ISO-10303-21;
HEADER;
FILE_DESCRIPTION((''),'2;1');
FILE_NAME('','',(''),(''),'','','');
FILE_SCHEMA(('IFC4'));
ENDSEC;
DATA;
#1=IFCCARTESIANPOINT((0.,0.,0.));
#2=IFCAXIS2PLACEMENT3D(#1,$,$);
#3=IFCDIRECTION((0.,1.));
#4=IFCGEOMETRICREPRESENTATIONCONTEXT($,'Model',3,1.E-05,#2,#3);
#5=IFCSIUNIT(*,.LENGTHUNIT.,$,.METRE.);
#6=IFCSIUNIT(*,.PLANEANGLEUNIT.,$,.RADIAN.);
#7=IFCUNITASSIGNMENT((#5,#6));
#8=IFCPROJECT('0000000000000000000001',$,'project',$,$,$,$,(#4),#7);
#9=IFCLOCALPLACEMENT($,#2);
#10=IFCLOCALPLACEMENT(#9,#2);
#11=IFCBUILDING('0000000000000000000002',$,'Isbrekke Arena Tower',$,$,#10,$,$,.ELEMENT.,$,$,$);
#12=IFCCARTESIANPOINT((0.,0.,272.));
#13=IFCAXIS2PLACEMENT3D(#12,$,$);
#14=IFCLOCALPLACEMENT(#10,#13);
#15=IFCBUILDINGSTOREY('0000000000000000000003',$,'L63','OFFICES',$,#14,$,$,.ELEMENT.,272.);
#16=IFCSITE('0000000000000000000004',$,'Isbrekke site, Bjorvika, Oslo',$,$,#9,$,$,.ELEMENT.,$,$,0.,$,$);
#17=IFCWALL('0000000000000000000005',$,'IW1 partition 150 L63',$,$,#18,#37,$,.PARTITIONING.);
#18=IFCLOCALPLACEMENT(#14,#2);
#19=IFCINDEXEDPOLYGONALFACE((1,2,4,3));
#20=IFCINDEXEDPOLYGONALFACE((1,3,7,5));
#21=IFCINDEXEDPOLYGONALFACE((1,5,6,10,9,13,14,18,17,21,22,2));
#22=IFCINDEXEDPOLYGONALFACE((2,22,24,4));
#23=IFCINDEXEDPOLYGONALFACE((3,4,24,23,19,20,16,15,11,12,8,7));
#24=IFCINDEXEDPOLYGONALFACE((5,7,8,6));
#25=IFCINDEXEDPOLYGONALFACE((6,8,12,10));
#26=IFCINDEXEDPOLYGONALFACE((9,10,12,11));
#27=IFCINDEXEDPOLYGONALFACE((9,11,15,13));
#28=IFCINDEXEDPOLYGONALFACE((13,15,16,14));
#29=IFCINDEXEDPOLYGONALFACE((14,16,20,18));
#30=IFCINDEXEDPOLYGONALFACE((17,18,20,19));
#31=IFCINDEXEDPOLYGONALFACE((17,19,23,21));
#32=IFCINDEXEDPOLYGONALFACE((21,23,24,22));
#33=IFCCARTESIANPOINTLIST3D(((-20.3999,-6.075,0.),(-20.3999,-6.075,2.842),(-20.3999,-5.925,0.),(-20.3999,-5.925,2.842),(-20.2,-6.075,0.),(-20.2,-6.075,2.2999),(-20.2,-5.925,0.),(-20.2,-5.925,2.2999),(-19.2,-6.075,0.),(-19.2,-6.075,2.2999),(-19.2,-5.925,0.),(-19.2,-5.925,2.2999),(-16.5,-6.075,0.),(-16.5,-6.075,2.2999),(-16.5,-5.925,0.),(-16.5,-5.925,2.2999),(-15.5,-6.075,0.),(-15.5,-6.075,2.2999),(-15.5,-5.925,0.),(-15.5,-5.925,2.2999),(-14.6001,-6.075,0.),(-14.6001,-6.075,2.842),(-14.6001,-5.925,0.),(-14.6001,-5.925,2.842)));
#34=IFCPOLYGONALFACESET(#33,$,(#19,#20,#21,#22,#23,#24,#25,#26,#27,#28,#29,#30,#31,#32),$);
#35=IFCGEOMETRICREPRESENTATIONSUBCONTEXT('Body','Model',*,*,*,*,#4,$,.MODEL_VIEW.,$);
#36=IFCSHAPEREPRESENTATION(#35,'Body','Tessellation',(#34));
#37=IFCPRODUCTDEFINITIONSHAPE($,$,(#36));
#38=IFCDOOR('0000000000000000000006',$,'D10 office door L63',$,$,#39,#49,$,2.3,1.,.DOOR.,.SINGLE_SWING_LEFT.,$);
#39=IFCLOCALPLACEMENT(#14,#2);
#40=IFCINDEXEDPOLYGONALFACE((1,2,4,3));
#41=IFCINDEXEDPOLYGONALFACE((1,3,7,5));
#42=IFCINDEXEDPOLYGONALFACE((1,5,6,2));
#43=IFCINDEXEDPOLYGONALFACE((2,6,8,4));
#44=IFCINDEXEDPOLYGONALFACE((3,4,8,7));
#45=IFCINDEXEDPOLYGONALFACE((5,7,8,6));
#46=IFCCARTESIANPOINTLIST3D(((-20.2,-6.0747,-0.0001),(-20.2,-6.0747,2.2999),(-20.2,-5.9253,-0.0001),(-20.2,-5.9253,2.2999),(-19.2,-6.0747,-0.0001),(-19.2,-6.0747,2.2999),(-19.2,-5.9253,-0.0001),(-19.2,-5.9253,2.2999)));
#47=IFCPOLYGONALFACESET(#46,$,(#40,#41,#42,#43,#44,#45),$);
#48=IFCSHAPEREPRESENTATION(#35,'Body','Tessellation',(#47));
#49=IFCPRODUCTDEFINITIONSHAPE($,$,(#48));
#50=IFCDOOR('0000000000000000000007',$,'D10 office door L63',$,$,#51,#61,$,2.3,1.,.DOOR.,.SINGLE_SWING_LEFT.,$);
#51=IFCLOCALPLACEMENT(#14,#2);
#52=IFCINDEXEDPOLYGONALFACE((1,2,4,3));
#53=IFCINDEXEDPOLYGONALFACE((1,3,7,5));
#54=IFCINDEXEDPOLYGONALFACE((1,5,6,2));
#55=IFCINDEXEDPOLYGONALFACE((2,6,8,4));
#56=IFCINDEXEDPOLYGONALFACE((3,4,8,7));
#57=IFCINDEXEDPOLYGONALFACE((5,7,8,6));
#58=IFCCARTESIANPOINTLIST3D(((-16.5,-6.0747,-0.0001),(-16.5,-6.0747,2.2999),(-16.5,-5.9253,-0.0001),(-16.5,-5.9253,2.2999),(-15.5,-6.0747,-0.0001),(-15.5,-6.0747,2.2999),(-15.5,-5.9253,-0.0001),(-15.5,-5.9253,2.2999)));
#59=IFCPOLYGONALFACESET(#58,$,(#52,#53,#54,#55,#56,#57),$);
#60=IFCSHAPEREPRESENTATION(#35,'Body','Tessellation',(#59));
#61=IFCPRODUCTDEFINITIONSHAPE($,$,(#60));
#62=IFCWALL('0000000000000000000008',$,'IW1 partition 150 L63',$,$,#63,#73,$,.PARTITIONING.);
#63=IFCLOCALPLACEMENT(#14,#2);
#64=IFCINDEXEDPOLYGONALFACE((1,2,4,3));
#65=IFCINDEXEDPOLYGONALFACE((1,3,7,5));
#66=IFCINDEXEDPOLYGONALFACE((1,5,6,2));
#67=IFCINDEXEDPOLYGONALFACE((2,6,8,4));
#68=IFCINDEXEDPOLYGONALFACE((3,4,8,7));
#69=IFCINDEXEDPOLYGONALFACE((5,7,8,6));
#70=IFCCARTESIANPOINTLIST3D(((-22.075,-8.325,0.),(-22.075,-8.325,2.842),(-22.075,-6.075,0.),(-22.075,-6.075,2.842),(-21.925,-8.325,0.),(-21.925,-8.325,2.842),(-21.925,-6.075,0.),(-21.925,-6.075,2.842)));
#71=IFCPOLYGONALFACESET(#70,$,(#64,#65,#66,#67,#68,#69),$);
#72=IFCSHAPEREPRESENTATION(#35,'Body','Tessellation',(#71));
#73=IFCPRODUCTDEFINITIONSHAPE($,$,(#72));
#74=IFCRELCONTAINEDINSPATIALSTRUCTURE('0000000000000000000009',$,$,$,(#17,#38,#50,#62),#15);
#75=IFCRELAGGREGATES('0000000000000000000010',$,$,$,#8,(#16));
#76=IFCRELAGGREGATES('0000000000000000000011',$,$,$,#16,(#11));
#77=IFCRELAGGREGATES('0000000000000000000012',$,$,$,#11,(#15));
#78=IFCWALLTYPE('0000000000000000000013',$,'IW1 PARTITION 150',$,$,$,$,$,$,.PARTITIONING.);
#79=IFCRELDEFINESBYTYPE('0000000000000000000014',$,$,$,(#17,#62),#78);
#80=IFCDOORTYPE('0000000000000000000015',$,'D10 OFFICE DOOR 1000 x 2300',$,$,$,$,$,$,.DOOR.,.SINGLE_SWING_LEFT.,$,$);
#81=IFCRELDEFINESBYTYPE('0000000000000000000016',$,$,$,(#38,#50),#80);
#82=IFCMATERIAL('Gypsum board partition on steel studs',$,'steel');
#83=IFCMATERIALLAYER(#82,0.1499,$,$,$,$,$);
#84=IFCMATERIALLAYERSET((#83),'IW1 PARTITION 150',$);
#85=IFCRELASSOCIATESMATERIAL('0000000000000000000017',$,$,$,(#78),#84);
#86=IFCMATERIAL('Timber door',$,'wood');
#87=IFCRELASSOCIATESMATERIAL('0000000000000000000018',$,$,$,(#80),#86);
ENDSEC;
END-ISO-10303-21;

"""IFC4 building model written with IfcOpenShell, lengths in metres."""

from ifc_helpers import new_model, si_unit, direction, frame, frame_2d, origin, place, context, subcontext, project, spatial, rectangle, extrude, material, layer, layer_set, type_object, element, fill, save


model = new_model("IFC4")

# Units and contexts
model_context = context("Model", 3, precision=1e-05, world=origin(), true_north=direction((0.0, 1.0)))
body_context = subcontext(model_context, "Body", "Model", "MODEL_VIEW")
ifc_project = project(units=[si_unit("LENGTHUNIT", "METRE"), si_unit("PLANEANGLEUNIT", "RADIAN")], contexts=[model_context])

# Site, building, storey
site_placement = place(None, origin())
site = spatial("IfcSite", under=ifc_project, at=site_placement, Name="Isbrekke site, Bjorvika, Oslo", CompositionType="ELEMENT", RefElevation=0.0)
building_placement = place(site_placement, origin())
building = spatial("IfcBuilding", under=site, at=building_placement, Name="Isbrekke Arena Tower", CompositionType="ELEMENT")
storey_placement = place(building_placement, frame((0.0, 0.0, 272.0)))
storey = spatial("IfcBuildingStorey", under=building, at=storey_placement, Name="L63", Description="OFFICES", CompositionType="ELEMENT", Elevation=272.0)

# Shared definitions
ifc_material_1 = material(Name="Gypsum board partition on steel studs", Category="steel")
ifc_layer = layer(ifc_material_1, 0.1499)
ifc_layer_set = layer_set([ifc_layer], Name="IW1 PARTITION 150")
wall_type = type_object("IfcWallType", Name="IW1 PARTITION 150", PredefinedType="PARTITIONING", material=ifc_layer_set)

# Wall, openings, doors
wall_1_placement = place(storey_placement, frame((-20.3999, -6.0, 0.0), z_axis=(0.0, 0.0, 1.0), x_axis=(1.0, 0.0, 0.0)))
wall_1 = element("IfcWall", 1, at=wall_1_placement, inside=storey, type_object=wall_type, Name="IW1 partition 150 L63", PredefinedType="PARTITIONING", context=body_context, shape_type="SweptSolid", body=[
    extrude(rectangle(XDim=5.7998, YDim=0.1499, at=frame_2d((2.8999, 0.0))), origin(), (0.0, 0.0, 1.0), 2.842),
])
opening_1_placement = place(wall_1_placement, frame((0.2, 0.0, 0.0)))
opening_1 = element("IfcOpeningElement", 2, at=opening_1_placement, cuts=wall_1, PredefinedType="OPENING", context=body_context, shape_type="SweptSolid", body=[
    extrude(rectangle(XDim=1.0, YDim=2.3, at=frame_2d((0.5, 1.1499))), frame((0.0, 0.0898, 0.0), z_axis=(0.0, -1.0, 0.0), x_axis=(1.0, 0.0, 0.0)), (0.0, 0.0, 1.0), 0.1797),
])
opening_2_placement = place(wall_1_placement, frame((3.8999, 0.0, 0.0)))
opening_2 = element("IfcOpeningElement", 3, at=opening_2_placement, cuts=wall_1, PredefinedType="OPENING", context=body_context, shape_type="SweptSolid", body=[
    extrude(rectangle(XDim=1.0, YDim=2.3, at=frame_2d((0.5, 1.1499))), frame((0.0, 0.0898, 0.0), z_axis=(0.0, -1.0, 0.0), x_axis=(1.0, 0.0, 0.0)), (0.0, 0.0, 1.0), 0.1797),
])
ifc_material_2 = material(Name="Timber door", Category="wood")
door_type = type_object("IfcDoorType", Name="D10 OFFICE DOOR 1000 x 2300", OperationType="SINGLE_SWING_LEFT", PredefinedType="DOOR", material=ifc_material_2)
door_1_placement = place(opening_1_placement, origin())
door_1 = element("IfcDoor", 4, at=door_1_placement, inside=storey, type_object=door_type, Name="D10 office door L63", OperationType="SINGLE_SWING_LEFT", OverallHeight=2.3, OverallWidth=1.0, PredefinedType="DOOR", context=body_context, shape_type="SweptSolid", body=[
    extrude(rectangle(XDim=1.0, YDim=2.3, at=frame_2d((0.5, 1.1499))), frame((0.0, 0.0747, 0.0), z_axis=(0.0, -1.0, 0.0), x_axis=(1.0, 0.0, 0.0)), (0.0, 0.0, 1.0), 0.1494),
])
fill(opening_1, door_1)
door_2_placement = place(opening_2_placement, origin())
door_2 = element("IfcDoor", 5, at=door_2_placement, inside=storey, type_object=door_type, Name="D10 office door L63", OperationType="SINGLE_SWING_LEFT", OverallHeight=2.3, OverallWidth=1.0, PredefinedType="DOOR", context=body_context, shape_type="SweptSolid", body=[
    extrude(rectangle(XDim=1.0, YDim=2.3, at=frame_2d((0.5, 1.1499))), frame((0.0, 0.0747, 0.0), z_axis=(0.0, -1.0, 0.0), x_axis=(1.0, 0.0, 0.0)), (0.0, 0.0, 1.0), 0.1494),
])
fill(opening_2, door_2)

# Wall
wall_2_placement = place(storey_placement, frame((-22.0, -8.325, 0.0), z_axis=(0.0, 0.0, 1.0), x_axis=(0.0, 1.0, 0.0)))
element("IfcWall", 6, at=wall_2_placement, inside=storey, type_object=wall_type, Name="IW1 partition 150 L63", PredefinedType="PARTITIONING", context=body_context, shape_type="SweptSolid", body=[
    extrude(rectangle(XDim=2.25, YDim=0.1499, at=frame_2d((1.125, 0.0))), origin(), (0.0, 0.0, 1.0), 2.842),
])

save(model, "model.ifc")
